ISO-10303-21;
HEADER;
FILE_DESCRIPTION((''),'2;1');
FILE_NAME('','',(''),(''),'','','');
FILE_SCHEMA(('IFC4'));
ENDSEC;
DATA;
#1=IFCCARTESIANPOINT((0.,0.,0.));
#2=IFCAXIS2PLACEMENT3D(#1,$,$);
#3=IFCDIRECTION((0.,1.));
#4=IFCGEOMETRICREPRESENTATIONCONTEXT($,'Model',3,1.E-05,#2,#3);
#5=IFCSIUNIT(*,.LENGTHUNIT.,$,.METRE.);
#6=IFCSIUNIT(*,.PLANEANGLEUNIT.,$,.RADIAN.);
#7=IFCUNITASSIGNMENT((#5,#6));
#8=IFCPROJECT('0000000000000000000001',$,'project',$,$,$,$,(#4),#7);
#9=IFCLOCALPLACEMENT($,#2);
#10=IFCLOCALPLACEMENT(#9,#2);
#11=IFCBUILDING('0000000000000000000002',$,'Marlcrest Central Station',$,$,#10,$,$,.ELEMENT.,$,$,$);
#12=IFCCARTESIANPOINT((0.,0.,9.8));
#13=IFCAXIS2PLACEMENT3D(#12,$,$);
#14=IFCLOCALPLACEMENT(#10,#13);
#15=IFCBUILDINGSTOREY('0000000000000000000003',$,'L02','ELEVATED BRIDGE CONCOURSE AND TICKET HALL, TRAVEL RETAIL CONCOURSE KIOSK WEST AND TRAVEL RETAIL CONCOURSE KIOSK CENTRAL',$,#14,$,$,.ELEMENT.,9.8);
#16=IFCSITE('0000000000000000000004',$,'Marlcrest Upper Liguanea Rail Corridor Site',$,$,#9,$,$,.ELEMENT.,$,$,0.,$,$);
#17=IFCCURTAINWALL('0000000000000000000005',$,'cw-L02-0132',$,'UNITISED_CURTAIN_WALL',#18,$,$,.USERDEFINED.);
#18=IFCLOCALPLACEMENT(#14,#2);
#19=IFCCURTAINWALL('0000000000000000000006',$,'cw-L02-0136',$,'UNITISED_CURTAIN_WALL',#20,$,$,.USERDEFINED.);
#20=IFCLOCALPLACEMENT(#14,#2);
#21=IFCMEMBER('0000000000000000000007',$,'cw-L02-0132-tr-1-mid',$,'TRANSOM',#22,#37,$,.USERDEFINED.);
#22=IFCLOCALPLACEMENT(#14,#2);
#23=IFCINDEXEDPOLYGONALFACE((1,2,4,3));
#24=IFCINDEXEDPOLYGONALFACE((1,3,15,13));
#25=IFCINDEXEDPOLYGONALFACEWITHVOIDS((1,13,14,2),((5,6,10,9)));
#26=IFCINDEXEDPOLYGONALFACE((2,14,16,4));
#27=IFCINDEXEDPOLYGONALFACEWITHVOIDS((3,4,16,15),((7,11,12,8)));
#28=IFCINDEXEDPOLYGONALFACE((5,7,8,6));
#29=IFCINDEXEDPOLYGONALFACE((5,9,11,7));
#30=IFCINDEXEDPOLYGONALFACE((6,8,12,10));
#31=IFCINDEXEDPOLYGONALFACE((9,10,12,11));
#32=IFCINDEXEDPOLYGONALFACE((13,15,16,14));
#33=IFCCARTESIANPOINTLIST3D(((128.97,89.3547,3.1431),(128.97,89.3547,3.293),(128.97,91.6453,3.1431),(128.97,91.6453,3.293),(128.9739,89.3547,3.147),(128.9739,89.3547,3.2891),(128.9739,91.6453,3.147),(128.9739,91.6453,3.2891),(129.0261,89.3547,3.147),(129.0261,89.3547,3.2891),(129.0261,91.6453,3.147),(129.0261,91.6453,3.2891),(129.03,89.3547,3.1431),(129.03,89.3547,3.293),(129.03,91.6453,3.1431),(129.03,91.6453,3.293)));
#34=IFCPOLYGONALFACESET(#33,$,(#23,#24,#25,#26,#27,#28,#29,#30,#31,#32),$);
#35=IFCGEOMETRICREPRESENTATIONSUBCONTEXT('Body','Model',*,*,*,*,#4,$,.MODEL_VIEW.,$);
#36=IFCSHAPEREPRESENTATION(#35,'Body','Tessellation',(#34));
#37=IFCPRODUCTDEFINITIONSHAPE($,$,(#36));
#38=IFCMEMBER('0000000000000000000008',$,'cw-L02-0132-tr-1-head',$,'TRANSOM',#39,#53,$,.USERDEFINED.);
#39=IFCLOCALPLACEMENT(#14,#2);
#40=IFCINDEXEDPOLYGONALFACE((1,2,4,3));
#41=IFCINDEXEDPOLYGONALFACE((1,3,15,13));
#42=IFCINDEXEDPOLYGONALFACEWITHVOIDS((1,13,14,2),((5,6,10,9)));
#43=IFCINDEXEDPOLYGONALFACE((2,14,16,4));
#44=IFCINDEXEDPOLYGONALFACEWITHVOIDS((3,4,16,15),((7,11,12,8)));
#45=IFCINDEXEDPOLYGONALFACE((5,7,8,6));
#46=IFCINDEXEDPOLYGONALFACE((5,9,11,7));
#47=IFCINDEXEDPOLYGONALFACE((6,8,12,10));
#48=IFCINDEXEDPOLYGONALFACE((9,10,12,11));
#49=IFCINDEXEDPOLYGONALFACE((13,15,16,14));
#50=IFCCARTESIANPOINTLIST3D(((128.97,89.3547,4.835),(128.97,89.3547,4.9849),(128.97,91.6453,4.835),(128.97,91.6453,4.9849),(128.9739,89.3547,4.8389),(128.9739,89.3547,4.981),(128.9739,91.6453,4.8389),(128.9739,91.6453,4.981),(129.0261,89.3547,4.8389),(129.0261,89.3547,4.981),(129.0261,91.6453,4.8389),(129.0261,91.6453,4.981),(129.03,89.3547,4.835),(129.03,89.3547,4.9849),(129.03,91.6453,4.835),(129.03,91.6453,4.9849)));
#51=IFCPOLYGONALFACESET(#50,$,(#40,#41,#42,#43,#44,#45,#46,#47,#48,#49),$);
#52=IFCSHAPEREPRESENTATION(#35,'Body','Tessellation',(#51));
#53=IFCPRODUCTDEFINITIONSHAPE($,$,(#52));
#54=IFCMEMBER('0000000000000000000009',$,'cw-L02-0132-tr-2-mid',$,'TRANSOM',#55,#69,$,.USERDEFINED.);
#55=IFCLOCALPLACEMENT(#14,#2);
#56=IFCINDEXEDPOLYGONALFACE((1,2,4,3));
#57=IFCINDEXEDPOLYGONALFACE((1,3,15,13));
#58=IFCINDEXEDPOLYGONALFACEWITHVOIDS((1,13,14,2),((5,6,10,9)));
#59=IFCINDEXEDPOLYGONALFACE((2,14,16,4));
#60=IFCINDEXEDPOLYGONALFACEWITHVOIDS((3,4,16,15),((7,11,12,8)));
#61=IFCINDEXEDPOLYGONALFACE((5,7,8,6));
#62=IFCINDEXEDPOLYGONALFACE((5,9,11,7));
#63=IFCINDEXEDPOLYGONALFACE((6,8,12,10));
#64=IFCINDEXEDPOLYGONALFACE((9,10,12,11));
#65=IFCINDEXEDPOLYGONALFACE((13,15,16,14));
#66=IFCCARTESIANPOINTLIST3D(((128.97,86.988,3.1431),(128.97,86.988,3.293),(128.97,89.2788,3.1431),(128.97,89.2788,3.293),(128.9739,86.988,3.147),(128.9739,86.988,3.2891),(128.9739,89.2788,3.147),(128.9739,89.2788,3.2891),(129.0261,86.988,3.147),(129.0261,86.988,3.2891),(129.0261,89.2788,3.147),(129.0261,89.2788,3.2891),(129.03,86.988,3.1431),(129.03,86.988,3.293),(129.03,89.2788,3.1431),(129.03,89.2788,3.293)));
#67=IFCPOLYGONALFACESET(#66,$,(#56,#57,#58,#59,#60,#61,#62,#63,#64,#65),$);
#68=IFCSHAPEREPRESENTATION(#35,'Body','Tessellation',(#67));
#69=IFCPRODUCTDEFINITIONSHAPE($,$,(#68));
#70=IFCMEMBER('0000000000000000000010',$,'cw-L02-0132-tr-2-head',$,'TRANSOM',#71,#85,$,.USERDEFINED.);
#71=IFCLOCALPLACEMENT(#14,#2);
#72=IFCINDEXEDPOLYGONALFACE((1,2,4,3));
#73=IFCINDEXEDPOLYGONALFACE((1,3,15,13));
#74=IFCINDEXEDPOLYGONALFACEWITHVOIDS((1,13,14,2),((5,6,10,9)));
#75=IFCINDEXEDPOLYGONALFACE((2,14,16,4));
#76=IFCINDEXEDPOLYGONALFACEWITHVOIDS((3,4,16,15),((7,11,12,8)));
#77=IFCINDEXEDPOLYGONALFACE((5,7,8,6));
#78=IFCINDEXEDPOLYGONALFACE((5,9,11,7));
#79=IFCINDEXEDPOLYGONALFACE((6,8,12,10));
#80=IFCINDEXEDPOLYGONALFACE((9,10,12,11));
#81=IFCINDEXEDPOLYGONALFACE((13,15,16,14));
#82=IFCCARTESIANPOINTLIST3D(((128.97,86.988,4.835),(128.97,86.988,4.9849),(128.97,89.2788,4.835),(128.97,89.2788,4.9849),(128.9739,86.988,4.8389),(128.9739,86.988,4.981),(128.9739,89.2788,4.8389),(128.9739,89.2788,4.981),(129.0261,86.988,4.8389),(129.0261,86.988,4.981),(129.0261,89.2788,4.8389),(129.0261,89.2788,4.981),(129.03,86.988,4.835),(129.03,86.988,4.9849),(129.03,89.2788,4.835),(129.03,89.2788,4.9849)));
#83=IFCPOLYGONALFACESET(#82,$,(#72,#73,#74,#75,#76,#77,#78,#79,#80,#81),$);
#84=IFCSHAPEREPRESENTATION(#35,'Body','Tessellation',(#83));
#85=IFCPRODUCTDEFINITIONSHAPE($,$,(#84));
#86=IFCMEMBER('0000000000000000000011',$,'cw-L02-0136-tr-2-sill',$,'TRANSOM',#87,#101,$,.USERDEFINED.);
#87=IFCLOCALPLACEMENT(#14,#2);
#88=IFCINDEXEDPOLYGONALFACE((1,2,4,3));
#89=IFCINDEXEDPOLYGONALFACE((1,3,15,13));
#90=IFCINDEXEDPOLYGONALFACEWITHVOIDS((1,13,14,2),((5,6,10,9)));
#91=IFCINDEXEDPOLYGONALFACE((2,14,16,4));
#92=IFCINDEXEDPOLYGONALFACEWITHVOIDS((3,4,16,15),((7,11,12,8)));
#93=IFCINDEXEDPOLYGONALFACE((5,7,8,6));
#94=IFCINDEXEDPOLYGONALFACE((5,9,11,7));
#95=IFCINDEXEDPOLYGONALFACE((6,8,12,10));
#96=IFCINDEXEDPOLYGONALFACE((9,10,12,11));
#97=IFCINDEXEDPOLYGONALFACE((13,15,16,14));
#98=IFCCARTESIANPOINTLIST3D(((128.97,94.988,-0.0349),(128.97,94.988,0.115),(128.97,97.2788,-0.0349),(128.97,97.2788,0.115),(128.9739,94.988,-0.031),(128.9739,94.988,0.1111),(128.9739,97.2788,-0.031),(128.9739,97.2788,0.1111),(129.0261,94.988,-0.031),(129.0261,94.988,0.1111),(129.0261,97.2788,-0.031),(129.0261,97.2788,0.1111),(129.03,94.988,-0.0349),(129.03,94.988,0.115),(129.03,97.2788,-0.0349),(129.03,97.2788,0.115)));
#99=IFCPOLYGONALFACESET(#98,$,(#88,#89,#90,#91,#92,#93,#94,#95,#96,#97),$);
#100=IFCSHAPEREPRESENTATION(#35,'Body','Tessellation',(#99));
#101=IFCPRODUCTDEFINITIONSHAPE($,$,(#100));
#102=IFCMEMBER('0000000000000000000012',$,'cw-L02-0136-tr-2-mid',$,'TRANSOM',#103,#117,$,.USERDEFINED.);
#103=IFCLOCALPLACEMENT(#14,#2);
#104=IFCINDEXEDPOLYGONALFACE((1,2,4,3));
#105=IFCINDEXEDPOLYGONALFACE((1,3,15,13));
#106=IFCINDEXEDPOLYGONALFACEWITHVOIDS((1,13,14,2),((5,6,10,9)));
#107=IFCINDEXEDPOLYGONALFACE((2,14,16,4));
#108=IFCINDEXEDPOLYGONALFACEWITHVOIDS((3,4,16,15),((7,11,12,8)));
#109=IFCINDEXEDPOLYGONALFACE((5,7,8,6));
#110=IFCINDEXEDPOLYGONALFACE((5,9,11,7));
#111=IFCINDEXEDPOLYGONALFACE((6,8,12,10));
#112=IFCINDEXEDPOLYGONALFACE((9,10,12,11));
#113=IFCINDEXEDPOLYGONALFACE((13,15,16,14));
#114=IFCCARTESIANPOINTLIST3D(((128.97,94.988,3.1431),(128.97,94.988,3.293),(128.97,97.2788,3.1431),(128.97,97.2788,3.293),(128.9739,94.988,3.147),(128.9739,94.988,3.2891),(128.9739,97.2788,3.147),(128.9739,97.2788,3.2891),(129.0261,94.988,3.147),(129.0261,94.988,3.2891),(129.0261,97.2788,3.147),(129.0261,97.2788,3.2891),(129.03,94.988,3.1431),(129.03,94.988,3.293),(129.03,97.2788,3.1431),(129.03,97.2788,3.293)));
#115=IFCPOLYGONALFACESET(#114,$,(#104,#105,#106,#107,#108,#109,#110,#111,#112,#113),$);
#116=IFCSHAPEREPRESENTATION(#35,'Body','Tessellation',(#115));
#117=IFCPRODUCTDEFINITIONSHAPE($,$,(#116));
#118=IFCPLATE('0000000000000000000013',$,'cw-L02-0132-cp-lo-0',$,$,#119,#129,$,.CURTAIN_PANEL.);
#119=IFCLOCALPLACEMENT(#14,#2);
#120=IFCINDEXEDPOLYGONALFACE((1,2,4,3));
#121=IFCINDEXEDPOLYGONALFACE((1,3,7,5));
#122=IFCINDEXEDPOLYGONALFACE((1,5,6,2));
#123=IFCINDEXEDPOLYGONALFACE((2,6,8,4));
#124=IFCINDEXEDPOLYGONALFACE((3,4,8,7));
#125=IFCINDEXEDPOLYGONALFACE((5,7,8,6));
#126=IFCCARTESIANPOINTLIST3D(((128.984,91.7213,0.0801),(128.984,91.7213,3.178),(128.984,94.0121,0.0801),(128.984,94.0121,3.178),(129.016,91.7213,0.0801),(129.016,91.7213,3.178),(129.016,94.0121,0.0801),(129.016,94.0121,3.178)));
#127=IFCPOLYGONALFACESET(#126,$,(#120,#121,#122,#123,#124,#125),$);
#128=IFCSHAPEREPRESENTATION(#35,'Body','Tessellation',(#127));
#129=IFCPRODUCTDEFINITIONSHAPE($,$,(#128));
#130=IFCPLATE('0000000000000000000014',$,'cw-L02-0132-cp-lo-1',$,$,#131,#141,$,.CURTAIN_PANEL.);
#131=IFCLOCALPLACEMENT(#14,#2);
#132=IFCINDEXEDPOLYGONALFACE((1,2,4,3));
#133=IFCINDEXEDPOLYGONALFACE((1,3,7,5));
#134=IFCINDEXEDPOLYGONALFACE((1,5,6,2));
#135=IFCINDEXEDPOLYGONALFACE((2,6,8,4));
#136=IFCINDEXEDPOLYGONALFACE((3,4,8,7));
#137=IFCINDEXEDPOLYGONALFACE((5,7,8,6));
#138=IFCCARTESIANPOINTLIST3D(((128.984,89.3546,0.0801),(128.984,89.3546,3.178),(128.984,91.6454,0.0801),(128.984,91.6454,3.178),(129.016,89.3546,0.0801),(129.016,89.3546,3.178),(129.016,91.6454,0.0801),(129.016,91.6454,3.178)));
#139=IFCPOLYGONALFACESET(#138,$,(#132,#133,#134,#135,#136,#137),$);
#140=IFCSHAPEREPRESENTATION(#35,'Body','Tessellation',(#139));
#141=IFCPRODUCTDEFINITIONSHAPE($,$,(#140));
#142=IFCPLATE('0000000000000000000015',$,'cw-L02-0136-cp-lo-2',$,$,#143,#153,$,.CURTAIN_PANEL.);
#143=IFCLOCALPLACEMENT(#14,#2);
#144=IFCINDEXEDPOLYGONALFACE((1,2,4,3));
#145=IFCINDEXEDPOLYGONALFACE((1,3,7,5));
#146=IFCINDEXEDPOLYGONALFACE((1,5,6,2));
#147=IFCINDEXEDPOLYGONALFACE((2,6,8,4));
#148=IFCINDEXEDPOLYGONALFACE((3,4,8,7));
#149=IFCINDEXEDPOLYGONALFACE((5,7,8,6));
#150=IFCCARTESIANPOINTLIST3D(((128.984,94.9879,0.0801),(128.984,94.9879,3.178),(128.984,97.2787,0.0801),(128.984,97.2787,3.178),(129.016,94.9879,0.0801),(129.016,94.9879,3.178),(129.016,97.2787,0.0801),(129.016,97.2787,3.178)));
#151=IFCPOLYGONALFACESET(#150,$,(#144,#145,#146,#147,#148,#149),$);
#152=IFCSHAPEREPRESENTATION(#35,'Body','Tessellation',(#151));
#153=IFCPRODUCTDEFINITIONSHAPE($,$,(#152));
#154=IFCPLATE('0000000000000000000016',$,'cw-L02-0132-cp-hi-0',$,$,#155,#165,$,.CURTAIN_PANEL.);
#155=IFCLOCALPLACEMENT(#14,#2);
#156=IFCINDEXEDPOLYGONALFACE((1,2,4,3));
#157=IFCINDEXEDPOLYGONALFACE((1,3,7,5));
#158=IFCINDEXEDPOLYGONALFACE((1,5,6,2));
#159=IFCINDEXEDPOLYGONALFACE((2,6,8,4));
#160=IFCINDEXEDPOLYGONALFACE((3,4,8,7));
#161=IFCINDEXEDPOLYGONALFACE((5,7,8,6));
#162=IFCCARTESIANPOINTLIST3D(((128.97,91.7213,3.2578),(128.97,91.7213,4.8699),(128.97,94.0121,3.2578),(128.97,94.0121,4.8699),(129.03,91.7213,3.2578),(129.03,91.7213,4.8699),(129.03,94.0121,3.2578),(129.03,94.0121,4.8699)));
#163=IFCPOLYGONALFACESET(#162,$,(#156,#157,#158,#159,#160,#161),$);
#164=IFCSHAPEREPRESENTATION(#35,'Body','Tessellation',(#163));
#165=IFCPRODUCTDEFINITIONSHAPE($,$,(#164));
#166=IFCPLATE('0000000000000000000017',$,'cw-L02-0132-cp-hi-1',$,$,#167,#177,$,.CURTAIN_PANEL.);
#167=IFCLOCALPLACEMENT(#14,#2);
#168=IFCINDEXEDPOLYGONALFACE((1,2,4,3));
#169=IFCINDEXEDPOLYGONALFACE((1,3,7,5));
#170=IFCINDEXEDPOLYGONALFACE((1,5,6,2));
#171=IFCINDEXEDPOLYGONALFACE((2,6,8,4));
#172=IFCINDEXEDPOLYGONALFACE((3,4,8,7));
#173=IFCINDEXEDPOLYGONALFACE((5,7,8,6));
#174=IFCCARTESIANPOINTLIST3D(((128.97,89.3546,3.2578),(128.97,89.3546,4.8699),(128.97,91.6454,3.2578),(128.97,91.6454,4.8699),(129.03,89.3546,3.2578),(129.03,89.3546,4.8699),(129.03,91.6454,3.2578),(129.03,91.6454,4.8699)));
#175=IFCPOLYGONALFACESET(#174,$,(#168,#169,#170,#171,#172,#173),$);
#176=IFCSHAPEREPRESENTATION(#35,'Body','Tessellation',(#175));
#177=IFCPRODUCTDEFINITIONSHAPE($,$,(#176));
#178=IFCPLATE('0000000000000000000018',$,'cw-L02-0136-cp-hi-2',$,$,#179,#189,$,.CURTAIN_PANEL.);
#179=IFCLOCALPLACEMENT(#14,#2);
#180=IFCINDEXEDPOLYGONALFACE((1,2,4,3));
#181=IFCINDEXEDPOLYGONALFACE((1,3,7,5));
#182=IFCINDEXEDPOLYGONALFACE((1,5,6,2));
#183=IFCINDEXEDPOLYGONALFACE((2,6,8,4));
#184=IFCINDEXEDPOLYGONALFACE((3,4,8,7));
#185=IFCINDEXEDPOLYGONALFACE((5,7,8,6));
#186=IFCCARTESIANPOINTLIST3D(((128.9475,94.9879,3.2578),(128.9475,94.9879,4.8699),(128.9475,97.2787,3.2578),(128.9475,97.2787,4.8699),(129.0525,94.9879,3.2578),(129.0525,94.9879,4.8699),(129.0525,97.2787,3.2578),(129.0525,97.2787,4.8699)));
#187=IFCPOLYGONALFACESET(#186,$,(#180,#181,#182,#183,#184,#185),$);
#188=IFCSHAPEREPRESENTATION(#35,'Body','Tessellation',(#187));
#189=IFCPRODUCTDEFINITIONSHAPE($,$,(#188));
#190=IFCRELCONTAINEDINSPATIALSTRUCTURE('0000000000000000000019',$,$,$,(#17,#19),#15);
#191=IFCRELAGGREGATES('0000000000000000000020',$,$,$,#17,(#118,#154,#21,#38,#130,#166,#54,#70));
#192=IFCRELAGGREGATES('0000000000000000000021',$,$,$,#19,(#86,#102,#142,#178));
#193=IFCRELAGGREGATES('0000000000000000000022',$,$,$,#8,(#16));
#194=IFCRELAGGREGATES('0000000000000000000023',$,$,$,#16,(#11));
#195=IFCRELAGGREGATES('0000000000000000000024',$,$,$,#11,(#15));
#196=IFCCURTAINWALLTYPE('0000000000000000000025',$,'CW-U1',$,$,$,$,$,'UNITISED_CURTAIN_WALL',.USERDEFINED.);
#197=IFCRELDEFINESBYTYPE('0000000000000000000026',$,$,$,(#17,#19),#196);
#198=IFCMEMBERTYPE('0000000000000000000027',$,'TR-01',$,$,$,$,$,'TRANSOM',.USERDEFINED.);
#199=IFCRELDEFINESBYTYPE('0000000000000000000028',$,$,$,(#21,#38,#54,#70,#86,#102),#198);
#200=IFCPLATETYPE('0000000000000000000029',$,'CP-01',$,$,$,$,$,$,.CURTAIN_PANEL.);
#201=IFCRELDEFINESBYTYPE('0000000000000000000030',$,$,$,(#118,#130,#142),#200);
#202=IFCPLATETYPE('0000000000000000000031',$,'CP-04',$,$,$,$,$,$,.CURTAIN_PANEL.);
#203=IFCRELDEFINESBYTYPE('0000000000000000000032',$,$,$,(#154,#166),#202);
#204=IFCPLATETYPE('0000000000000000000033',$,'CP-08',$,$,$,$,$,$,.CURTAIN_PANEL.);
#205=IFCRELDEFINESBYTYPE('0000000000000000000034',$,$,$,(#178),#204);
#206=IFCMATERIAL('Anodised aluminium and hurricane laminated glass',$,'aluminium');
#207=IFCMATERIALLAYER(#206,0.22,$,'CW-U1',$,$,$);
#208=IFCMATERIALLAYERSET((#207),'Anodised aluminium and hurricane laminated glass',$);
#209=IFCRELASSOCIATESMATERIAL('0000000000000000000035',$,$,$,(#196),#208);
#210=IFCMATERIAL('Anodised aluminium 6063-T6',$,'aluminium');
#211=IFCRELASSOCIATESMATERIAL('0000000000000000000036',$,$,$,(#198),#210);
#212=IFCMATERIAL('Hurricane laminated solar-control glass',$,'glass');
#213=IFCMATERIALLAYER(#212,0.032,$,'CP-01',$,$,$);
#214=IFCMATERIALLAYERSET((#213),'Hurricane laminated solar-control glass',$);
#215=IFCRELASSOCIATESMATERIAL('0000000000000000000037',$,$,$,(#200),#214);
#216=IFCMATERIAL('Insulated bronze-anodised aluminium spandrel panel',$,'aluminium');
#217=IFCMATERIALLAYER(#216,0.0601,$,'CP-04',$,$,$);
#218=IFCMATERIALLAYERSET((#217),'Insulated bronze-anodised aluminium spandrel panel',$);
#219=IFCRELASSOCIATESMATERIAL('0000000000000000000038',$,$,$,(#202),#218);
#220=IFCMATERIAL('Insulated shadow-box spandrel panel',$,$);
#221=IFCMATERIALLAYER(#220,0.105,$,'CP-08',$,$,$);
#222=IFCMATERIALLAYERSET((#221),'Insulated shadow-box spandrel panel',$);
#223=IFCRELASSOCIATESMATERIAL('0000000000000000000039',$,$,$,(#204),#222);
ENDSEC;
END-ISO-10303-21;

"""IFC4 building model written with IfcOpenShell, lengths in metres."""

from ifc_helpers import new_model, si_unit, direction, frame, origin, origin_2d, place, context, subcontext, project, spatial, rectangle, hollow_rectangle, extrude, material, layer, layer_set, material_profile, profile_set, type_object, element, aggregate, save


model = new_model("IFC4")

# Units and contexts
model_context = context("Model", 3, precision=1e-05, world=origin(), true_north=direction((0.0, 1.0)))
body_context = subcontext(model_context, "Body", "Model", "MODEL_VIEW")
ifc_project = project(units=[si_unit("LENGTHUNIT", "METRE"), si_unit("PLANEANGLEUNIT", "RADIAN")], contexts=[model_context])

# Site, building, storey
site_placement = place(None, origin())
site = spatial("IfcSite", under=ifc_project, at=site_placement, Name="Marlcrest Upper Liguanea Rail Corridor Site", CompositionType="ELEMENT", RefElevation=0.0)
building_placement = place(site_placement, origin())
building = spatial("IfcBuilding", under=site, at=building_placement, Name="Marlcrest Central Station", CompositionType="ELEMENT")
storey_placement = place(building_placement, frame((0.0, 0.0, 9.8)))
storey = spatial("IfcBuildingStorey", under=building, at=storey_placement, Name="L02", Description="ELEVATED BRIDGE CONCOURSE AND TICKET HALL, TRAVEL RETAIL CONCOURSE KIOSK WEST AND TRAVEL RETAIL CONCOURSE KIOSK CENTRAL", CompositionType="ELEMENT", Elevation=9.8)

# Curtain wall
ifc_material_1 = material(Name="Anodised aluminium and hurricane laminated glass", Category="aluminium")
ifc_layer_1 = layer(ifc_material_1, 0.22, Name="CW-U1")
ifc_layer_set_1 = layer_set([ifc_layer_1], Name="Anodised aluminium and hurricane laminated glass")
curtain_wall_type = type_object("IfcCurtainWallType", Name="CW-U1", ElementType="UNITISED_CURTAIN_WALL", PredefinedType="USERDEFINED", material=ifc_layer_set_1)
curtain_wall_1_placement = place(storey_placement, origin())
curtain_wall_1 = element("IfcCurtainWall", 1, at=curtain_wall_1_placement, inside=storey, type_object=curtain_wall_type, Name="cw-L02-0132", ObjectType="UNITISED_CURTAIN_WALL", PredefinedType="USERDEFINED")
ifc_material_2 = material(Name="Anodised aluminium 6063-T6", Category="aluminium")

# Curtain wall
curtain_wall_2_placement = place(storey_placement, origin())
curtain_wall_2 = element("IfcCurtainWall", 2, at=curtain_wall_2_placement, inside=storey, type_object=curtain_wall_type, Name="cw-L02-0136", ObjectType="UNITISED_CURTAIN_WALL", PredefinedType="USERDEFINED")

# Members
ifc_material_profile_1 = material_profile(ifc_material_2, hollow_rectangle(XDim=0.0601, YDim=0.1499, WallThickness=0.0039, at=origin_2d()), Name="AA-RHS 150x60x4")
ifc_profile_set_1 = profile_set([ifc_material_profile_1], Name="Anodised aluminium 6063-T6")
member_type_1 = type_object("IfcMemberType", Name="TR-01", ElementType="TRANSOM", PredefinedType="USERDEFINED", material=ifc_profile_set_1)
member_1_placement = place(storey_placement, frame((129.0, 91.6453, 3.218), z_axis=(0.0, -1.0, 0.0), x_axis=(1.0, 0.0, 0.0)))
member_1 = element("IfcMember", 3, at=member_1_placement, type_object=member_type_1, Name="cw-L02-0132-tr-1-mid", ObjectType="TRANSOM", PredefinedType="USERDEFINED", context=body_context, shape_type="SweptSolid", body=[
    extrude(hollow_rectangle(XDim=0.0601, YDim=0.1499, WallThickness=0.0039, at=origin_2d()), origin(), (0.0, 0.0, 1.0), 2.2905),
])
member_2_placement = place(storey_placement, frame((129.0, 91.6453, 4.9099), z_axis=(0.0, -1.0, 0.0), x_axis=(1.0, 0.0, 0.0)))
member_2 = element("IfcMember", 4, at=member_2_placement, type_object=member_type_1, Name="cw-L02-0132-tr-1-head", ObjectType="TRANSOM", PredefinedType="USERDEFINED", context=body_context, shape_type="SweptSolid", body=[
    extrude(hollow_rectangle(XDim=0.0601, YDim=0.1499, WallThickness=0.0039, at=origin_2d()), origin(), (0.0, 0.0, 1.0), 2.2905),
])
member_3_placement = place(storey_placement, frame((129.0, 89.2788, 3.218), z_axis=(0.0, -1.0, 0.0), x_axis=(1.0, 0.0, 0.0)))
member_3 = element("IfcMember", 5, at=member_3_placement, type_object=member_type_1, Name="cw-L02-0132-tr-2-mid", ObjectType="TRANSOM", PredefinedType="USERDEFINED", context=body_context, shape_type="SweptSolid", body=[
    extrude(hollow_rectangle(XDim=0.0601, YDim=0.1499, WallThickness=0.0039, at=origin_2d()), origin(), (0.0, 0.0, 1.0), 2.2908),
])
member_4_placement = place(storey_placement, frame((129.0, 89.2788, 4.9099), z_axis=(0.0, -1.0, 0.0), x_axis=(1.0, 0.0, 0.0)))
member_4 = element("IfcMember", 6, at=member_4_placement, type_object=member_type_1, Name="cw-L02-0132-tr-2-head", ObjectType="TRANSOM", PredefinedType="USERDEFINED", context=body_context, shape_type="SweptSolid", body=[
    extrude(hollow_rectangle(XDim=0.0601, YDim=0.1499, WallThickness=0.0039, at=origin_2d()), origin(), (0.0, 0.0, 1.0), 2.2908),
])
member_5_placement = place(storey_placement, frame((129.0, 97.2788, 0.04), z_axis=(0.0, -1.0, 0.0), x_axis=(1.0, 0.0, 0.0)))
member_5 = element("IfcMember", 7, at=member_5_placement, type_object=member_type_1, Name="cw-L02-0136-tr-2-sill", ObjectType="TRANSOM", PredefinedType="USERDEFINED", context=body_context, shape_type="SweptSolid", body=[
    extrude(hollow_rectangle(XDim=0.0601, YDim=0.1499, WallThickness=0.0039, at=origin_2d()), origin(), (0.0, 0.0, 1.0), 2.2908),
])
member_6_placement = place(storey_placement, frame((129.0, 97.2788, 3.218), z_axis=(0.0, -1.0, 0.0), x_axis=(1.0, 0.0, 0.0)))
member_6 = element("IfcMember", 8, at=member_6_placement, type_object=member_type_1, Name="cw-L02-0136-tr-2-mid", ObjectType="TRANSOM", PredefinedType="USERDEFINED", context=body_context, shape_type="SweptSolid", body=[
    extrude(hollow_rectangle(XDim=0.0601, YDim=0.1499, WallThickness=0.0039, at=origin_2d()), origin(), (0.0, 0.0, 1.0), 2.2908),
])

# Plates
ifc_material_3 = material(Name="Hurricane laminated solar-control glass", Category="glass")
ifc_layer_2 = layer(ifc_material_3, 0.032, Name="CP-01")
ifc_layer_set_2 = layer_set([ifc_layer_2], Name="Hurricane laminated solar-control glass")
plate_type_1 = type_object("IfcPlateType", Name="CP-01", PredefinedType="CURTAIN_PANEL", material=ifc_layer_set_2)
plate_1_placement = place(storey_placement, frame((129.0, 92.8667, 0.0801), z_axis=(0.0, 0.0, 1.0), x_axis=(0.0, -1.0, 0.0)))
plate_1 = element("IfcPlate", 9, at=plate_1_placement, type_object=plate_type_1, Name="cw-L02-0132-cp-lo-0", PredefinedType="CURTAIN_PANEL", context=body_context, shape_type="SweptSolid", body=[
    extrude(rectangle(XDim=2.2908, YDim=0.032, at=origin_2d()), origin(), (0.0, 0.0, 1.0), 3.0979),
])
plate_2_placement = place(storey_placement, frame((129.0, 90.5, 0.0801), z_axis=(0.0, 0.0, 1.0), x_axis=(0.0, -1.0, 0.0)))
plate_2 = element("IfcPlate", 10, at=plate_2_placement, type_object=plate_type_1, Name="cw-L02-0132-cp-lo-1", PredefinedType="CURTAIN_PANEL", context=body_context, shape_type="SweptSolid", body=[
    extrude(rectangle(XDim=2.2908, YDim=0.032, at=origin_2d()), origin(), (0.0, 0.0, 1.0), 3.0979),
])
plate_3_placement = place(storey_placement, frame((129.0, 96.1333, 0.0801), z_axis=(0.0, 0.0, 1.0), x_axis=(0.0, -1.0, 0.0)))
plate_3 = element("IfcPlate", 11, at=plate_3_placement, type_object=plate_type_1, Name="cw-L02-0136-cp-lo-2", PredefinedType="CURTAIN_PANEL", context=body_context, shape_type="SweptSolid", body=[
    extrude(rectangle(XDim=2.2908, YDim=0.032, at=origin_2d()), origin(), (0.0, 0.0, 1.0), 3.0979),
])
ifc_material_4 = material(Name="Insulated bronze-anodised aluminium spandrel panel", Category="aluminium")
ifc_layer_3 = layer(ifc_material_4, 0.0601, Name="CP-04")
ifc_layer_set_3 = layer_set([ifc_layer_3], Name="Insulated bronze-anodised aluminium spandrel panel")
plate_type_2 = type_object("IfcPlateType", Name="CP-04", PredefinedType="CURTAIN_PANEL", material=ifc_layer_set_3)
plate_4_placement = place(storey_placement, frame((129.0, 92.8667, 3.2578), z_axis=(0.0, 0.0, 1.0), x_axis=(0.0, -1.0, 0.0)))
plate_4 = element("IfcPlate", 12, at=plate_4_placement, type_object=plate_type_2, Name="cw-L02-0132-cp-hi-0", PredefinedType="CURTAIN_PANEL", context=body_context, shape_type="SweptSolid", body=[
    extrude(rectangle(XDim=2.2908, YDim=0.0601, at=origin_2d()), origin(), (0.0, 0.0, 1.0), 1.6121),
])
plate_5_placement = place(storey_placement, frame((129.0, 90.5, 3.2578), z_axis=(0.0, 0.0, 1.0), x_axis=(0.0, -1.0, 0.0)))
plate_5 = element("IfcPlate", 13, at=plate_5_placement, type_object=plate_type_2, Name="cw-L02-0132-cp-hi-1", PredefinedType="CURTAIN_PANEL", context=body_context, shape_type="SweptSolid", body=[
    extrude(rectangle(XDim=2.2908, YDim=0.0601, at=origin_2d()), origin(), (0.0, 0.0, 1.0), 1.6121),
])
aggregate(curtain_wall_1, [plate_1, plate_4, member_1, member_2, plate_2, plate_5, member_3, member_4])
ifc_material_5 = material(Name="Insulated shadow-box spandrel panel")
ifc_layer_4 = layer(ifc_material_5, 0.105, Name="CP-08")
ifc_layer_set_4 = layer_set([ifc_layer_4], Name="Insulated shadow-box spandrel panel")
plate_type_3 = type_object("IfcPlateType", Name="CP-08", PredefinedType="CURTAIN_PANEL", material=ifc_layer_set_4)
plate_6_placement = place(storey_placement, frame((129.0, 96.1333, 3.2578), z_axis=(0.0, 0.0, 1.0), x_axis=(0.0, -1.0, 0.0)))
plate_6 = element("IfcPlate", 14, at=plate_6_placement, type_object=plate_type_3, Name="cw-L02-0136-cp-hi-2", PredefinedType="CURTAIN_PANEL", context=body_context, shape_type="SweptSolid", body=[
    extrude(rectangle(XDim=2.2908, YDim=0.105, at=origin_2d()), origin(), (0.0, 0.0, 1.0), 1.6121),
])
aggregate(curtain_wall_2, [member_5, member_6, plate_3, plate_6])

save(model, "model.ifc")
